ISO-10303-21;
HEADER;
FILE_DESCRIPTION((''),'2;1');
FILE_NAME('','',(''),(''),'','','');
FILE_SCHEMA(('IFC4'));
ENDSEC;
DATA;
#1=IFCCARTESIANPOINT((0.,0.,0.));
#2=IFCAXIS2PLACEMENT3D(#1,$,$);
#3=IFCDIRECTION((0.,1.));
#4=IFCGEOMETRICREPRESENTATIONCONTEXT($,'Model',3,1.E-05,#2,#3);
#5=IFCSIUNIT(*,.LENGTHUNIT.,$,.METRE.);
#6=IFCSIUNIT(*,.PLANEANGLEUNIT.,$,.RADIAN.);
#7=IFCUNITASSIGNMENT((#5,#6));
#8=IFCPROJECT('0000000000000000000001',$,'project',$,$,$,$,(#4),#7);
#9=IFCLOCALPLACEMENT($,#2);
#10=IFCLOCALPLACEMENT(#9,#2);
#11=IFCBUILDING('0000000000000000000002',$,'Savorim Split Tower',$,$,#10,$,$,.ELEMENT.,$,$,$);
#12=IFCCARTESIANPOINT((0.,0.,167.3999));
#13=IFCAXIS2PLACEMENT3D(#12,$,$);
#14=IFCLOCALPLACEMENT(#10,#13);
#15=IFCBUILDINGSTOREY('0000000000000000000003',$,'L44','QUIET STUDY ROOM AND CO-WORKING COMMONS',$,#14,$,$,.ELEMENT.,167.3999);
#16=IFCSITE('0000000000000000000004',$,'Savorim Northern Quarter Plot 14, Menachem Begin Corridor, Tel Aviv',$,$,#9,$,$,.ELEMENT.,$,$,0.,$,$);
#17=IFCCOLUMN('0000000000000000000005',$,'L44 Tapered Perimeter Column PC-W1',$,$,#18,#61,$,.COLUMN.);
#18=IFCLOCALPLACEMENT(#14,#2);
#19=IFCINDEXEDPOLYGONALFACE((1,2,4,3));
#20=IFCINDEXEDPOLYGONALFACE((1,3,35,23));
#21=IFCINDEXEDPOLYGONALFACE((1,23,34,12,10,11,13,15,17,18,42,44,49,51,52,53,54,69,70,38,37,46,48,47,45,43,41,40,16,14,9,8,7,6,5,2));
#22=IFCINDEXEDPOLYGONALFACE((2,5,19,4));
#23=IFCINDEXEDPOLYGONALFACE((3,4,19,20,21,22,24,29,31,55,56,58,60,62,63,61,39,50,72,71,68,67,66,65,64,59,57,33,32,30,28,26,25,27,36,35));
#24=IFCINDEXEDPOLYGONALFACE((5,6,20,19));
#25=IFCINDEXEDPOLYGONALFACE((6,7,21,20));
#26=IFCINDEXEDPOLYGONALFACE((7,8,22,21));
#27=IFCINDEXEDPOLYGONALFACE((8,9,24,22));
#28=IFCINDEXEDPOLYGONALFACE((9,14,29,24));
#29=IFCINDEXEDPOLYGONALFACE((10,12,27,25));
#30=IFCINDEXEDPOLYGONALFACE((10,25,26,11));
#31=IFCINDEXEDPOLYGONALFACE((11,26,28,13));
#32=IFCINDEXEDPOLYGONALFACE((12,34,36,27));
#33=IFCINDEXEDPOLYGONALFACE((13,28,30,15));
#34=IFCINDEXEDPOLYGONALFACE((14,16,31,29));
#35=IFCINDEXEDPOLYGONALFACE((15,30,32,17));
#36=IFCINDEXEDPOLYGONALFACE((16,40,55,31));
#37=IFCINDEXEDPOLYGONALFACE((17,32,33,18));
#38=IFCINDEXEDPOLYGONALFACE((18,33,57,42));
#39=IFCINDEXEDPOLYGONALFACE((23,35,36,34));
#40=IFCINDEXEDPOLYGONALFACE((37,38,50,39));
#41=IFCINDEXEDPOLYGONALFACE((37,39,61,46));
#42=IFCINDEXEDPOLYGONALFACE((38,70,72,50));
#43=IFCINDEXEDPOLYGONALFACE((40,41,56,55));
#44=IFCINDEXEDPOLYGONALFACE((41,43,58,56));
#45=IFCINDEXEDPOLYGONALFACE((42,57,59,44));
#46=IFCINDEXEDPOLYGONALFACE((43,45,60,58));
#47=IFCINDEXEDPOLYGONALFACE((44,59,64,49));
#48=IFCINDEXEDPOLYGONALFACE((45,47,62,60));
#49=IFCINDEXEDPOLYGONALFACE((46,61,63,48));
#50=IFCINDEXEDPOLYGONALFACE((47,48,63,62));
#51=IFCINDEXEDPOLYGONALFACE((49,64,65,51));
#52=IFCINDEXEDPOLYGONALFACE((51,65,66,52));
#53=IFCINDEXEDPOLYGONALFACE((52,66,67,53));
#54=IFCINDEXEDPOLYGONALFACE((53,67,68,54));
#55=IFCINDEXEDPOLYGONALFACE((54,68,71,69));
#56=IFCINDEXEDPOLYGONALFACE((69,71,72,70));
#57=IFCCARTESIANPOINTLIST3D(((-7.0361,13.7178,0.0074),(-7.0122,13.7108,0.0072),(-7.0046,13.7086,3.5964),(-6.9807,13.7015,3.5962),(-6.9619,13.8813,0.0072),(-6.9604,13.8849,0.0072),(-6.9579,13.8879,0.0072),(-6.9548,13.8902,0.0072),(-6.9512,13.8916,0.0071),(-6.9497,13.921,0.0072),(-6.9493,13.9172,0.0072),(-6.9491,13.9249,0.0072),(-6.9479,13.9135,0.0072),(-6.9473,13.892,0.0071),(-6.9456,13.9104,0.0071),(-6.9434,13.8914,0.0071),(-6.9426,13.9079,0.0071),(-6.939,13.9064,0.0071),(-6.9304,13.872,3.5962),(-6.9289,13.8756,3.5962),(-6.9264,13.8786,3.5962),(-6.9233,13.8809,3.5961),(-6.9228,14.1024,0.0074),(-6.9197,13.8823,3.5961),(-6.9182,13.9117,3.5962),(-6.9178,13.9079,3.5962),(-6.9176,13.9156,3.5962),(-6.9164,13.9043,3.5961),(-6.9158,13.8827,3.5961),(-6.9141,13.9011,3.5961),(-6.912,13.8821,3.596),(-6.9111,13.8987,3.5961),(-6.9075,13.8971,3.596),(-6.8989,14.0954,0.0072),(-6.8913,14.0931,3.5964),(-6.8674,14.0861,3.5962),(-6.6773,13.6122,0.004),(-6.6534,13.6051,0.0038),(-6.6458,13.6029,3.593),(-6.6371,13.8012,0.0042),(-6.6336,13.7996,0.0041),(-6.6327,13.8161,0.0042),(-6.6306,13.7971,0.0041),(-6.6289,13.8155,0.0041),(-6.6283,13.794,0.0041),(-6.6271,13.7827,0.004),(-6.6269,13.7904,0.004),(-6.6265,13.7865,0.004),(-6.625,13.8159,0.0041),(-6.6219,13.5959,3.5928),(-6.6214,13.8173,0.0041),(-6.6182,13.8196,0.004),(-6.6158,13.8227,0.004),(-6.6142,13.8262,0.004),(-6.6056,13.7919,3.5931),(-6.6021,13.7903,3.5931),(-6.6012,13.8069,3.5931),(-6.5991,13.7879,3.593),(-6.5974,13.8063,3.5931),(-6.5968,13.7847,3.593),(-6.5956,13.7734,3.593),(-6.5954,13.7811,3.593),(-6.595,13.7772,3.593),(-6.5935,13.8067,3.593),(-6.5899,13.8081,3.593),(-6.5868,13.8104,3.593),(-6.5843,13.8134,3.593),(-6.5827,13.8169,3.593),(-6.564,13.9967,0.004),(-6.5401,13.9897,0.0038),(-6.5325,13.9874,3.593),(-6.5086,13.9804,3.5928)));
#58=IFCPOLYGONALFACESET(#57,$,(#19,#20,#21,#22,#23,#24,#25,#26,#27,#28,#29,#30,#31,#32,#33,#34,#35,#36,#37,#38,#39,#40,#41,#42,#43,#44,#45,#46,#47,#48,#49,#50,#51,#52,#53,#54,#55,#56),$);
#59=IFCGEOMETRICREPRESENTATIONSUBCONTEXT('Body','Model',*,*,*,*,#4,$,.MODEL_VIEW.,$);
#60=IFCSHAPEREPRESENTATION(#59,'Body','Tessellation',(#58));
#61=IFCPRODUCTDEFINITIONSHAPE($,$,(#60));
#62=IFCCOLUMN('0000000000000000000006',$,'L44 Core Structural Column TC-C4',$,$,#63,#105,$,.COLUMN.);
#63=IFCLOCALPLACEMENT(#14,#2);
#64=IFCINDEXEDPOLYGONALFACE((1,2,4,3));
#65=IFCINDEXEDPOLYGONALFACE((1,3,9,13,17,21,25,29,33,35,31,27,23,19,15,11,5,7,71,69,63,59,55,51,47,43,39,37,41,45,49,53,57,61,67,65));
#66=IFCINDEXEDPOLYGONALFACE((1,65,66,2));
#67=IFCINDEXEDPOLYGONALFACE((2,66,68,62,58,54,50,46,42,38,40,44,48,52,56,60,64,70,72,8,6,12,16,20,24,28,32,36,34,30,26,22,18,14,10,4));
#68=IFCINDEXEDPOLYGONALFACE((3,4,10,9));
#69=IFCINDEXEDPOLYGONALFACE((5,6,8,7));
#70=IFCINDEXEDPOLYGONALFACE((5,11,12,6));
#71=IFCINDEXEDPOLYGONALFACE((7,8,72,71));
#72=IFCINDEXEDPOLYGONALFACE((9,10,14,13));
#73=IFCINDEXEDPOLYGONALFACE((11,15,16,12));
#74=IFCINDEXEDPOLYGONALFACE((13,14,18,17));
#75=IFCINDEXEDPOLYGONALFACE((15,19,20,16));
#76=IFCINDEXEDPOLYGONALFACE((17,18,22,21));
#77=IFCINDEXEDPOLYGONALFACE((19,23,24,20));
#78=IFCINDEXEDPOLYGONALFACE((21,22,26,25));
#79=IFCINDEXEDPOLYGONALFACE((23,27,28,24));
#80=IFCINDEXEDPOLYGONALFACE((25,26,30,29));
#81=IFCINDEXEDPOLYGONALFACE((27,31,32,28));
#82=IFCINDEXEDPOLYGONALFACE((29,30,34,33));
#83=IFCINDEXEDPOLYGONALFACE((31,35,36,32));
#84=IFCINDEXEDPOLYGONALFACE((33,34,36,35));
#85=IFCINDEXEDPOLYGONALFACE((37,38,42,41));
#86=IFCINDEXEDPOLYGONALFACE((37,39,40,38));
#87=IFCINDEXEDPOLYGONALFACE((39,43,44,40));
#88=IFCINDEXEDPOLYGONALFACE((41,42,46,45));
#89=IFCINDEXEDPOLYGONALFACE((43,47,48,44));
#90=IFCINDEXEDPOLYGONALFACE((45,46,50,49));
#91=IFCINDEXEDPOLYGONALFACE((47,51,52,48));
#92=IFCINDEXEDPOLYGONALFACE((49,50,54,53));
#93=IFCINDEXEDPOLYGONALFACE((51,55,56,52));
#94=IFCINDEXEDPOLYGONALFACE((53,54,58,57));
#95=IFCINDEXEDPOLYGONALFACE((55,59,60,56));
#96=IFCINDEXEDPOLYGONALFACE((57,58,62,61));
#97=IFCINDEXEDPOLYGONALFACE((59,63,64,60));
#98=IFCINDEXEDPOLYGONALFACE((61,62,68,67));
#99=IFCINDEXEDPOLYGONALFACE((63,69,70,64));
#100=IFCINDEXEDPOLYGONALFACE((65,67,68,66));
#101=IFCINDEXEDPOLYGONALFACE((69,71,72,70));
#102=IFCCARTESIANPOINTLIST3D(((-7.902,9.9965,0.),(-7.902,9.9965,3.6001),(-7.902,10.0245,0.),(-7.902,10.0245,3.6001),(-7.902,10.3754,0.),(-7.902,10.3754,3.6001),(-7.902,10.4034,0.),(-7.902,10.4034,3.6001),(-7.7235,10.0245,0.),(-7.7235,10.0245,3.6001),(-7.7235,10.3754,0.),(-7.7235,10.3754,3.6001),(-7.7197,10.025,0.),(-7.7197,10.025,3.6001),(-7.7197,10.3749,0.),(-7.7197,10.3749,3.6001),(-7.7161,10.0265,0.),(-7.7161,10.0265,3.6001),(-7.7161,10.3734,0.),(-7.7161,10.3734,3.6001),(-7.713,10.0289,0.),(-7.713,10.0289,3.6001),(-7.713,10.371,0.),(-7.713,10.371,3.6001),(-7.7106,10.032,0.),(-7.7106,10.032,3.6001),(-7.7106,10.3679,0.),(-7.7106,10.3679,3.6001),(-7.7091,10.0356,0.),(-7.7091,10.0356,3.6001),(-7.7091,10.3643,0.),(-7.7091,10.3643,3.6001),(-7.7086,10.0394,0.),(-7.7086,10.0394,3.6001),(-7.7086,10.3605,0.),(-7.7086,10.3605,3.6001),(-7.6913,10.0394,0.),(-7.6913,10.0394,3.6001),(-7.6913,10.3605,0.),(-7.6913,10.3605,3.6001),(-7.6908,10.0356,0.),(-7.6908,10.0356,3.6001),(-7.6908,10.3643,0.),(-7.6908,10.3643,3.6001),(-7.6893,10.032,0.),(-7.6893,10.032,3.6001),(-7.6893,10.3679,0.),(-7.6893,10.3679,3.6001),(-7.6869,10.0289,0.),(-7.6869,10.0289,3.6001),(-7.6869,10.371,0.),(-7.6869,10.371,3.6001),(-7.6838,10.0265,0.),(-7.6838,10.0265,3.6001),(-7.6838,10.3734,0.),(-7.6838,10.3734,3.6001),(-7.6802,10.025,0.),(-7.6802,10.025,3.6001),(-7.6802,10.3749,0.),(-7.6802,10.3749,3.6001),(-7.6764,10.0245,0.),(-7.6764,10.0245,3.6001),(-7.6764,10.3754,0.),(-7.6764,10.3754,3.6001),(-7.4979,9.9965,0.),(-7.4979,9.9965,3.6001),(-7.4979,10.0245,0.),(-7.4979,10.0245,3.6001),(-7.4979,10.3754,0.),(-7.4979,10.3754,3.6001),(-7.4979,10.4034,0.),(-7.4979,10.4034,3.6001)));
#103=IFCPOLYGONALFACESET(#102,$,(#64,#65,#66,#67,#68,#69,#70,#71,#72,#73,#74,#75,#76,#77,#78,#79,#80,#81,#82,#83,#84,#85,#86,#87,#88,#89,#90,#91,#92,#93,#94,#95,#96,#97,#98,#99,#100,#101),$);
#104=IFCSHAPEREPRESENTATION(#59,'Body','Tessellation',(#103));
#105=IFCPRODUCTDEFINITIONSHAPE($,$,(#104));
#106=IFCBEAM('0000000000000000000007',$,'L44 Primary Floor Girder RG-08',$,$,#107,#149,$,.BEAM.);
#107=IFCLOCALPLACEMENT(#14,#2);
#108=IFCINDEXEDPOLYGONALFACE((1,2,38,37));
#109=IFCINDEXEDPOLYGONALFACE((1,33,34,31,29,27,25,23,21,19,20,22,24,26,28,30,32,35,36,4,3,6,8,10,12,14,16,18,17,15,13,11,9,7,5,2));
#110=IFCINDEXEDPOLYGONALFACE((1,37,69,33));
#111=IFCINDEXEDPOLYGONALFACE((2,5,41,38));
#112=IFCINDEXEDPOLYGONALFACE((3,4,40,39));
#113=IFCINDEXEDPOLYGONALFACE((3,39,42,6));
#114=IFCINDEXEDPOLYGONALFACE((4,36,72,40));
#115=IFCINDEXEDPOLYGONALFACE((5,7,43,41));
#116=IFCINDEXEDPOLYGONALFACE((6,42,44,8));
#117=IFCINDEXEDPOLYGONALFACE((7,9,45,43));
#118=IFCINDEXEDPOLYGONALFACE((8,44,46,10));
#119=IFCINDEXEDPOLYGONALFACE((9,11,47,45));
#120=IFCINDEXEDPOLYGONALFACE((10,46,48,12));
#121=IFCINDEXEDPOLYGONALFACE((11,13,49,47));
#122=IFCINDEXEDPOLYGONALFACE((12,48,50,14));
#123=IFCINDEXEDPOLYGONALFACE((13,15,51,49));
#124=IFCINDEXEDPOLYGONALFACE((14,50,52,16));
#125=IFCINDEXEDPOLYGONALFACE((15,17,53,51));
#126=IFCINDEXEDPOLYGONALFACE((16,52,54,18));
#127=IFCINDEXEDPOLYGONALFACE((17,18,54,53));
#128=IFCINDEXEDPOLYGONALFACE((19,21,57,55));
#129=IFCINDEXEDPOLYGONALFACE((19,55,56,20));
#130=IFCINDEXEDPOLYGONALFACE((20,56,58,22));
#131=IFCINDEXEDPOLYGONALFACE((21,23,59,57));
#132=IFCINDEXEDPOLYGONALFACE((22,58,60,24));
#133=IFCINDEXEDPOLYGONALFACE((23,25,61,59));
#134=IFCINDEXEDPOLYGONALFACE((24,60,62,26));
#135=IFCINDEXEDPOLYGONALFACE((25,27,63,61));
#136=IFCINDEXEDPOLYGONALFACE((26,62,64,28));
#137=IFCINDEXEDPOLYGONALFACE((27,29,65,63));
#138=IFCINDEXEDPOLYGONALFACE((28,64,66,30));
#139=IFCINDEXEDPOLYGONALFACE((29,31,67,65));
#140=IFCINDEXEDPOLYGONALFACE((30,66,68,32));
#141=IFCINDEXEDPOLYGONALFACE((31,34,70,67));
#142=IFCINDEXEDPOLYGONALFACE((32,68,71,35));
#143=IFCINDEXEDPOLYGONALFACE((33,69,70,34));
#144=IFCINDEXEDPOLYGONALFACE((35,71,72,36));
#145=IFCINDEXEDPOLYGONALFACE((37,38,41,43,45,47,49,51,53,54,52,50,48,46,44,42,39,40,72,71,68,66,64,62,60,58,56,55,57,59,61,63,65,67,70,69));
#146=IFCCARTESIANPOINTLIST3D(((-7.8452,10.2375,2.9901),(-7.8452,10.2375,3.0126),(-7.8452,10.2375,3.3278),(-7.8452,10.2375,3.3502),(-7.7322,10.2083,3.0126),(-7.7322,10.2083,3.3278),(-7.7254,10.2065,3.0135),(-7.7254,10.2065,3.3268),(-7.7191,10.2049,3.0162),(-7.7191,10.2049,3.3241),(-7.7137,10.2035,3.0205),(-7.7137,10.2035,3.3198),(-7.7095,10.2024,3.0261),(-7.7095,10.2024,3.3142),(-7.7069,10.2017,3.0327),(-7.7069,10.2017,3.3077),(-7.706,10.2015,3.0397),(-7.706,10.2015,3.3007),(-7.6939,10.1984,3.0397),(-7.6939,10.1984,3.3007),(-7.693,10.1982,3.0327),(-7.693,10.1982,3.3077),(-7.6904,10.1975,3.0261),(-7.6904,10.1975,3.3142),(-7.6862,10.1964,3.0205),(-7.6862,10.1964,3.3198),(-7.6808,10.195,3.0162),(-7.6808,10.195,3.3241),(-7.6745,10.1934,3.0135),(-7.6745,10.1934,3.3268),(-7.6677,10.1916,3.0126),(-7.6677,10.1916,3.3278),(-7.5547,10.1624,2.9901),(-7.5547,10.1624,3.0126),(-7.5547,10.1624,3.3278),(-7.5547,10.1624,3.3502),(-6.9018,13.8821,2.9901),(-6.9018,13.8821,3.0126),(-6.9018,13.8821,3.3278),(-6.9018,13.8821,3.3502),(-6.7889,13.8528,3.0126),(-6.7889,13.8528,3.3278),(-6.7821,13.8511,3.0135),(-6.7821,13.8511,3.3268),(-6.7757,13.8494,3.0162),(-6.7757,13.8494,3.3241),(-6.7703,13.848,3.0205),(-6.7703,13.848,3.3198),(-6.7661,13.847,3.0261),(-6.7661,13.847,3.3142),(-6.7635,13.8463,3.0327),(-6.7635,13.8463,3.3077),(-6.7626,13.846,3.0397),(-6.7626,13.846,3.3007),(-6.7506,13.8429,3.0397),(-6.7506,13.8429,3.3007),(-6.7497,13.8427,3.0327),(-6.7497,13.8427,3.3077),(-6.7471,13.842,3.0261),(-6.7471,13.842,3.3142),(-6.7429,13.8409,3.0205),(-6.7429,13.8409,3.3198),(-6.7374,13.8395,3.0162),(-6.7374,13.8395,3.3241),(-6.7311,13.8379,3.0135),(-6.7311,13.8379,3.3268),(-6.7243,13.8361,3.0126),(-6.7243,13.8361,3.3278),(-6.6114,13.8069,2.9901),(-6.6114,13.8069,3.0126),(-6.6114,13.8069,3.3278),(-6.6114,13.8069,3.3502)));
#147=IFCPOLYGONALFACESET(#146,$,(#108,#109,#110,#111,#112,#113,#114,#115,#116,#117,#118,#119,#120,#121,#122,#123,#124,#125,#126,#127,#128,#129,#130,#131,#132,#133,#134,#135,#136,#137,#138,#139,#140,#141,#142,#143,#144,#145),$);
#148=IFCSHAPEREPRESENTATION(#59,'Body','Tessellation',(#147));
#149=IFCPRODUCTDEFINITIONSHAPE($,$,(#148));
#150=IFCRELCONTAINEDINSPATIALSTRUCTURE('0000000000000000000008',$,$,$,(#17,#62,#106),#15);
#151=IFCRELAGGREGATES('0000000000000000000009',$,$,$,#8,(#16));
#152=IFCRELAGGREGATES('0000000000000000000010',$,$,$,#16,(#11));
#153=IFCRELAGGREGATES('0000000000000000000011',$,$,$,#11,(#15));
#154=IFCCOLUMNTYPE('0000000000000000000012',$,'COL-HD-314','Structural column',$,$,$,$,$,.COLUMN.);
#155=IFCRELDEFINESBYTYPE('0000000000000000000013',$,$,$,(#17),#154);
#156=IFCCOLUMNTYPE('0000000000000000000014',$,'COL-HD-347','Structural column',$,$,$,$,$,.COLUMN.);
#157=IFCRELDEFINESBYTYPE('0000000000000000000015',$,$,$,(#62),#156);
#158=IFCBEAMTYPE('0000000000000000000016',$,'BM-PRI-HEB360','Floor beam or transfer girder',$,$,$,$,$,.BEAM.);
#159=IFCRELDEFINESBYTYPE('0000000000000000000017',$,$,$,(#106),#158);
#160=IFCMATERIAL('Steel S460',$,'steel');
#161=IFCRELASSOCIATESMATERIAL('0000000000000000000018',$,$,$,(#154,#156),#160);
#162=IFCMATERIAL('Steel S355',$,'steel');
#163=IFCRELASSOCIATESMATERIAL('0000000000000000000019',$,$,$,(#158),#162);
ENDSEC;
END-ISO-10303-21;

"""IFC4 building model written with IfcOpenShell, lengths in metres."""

from ifc_helpers import new_model, si_unit, direction, frame, origin, origin_2d, place, context, subcontext, project, spatial, i_section, extrude, material, material_profile, profile_set, type_object, element, save


model = new_model("IFC4")

# Units and contexts
model_context = context("Model", 3, precision=1e-05, world=origin(), true_north=direction((0.0, 1.0)))
body_context = subcontext(model_context, "Body", "Model", "MODEL_VIEW")
ifc_project = project(units=[si_unit("LENGTHUNIT", "METRE"), si_unit("PLANEANGLEUNIT", "RADIAN")], contexts=[model_context])

# Site, building, storey
site_placement = place(None, origin())
site = spatial("IfcSite", under=ifc_project, at=site_placement, Name="Savorim Northern Quarter Plot 14, Menachem Begin Corridor, Tel Aviv", CompositionType="ELEMENT", RefElevation=0.0)
building_placement = place(site_placement, origin())
building = spatial("IfcBuilding", under=site, at=building_placement, Name="Savorim Split Tower", CompositionType="ELEMENT")
storey_placement = place(building_placement, frame((0.0, 0.0, 167.3999)))
storey = spatial("IfcBuildingStorey", under=building, at=storey_placement, Name="L44", Description="QUIET STUDY ROOM AND CO-WORKING COMMONS", CompositionType="ELEMENT", Elevation=167.3999)

# Columns
ifc_material_1 = material(Name="Steel S460", Category="steel")
ifc_material_profile_1 = material_profile(ifc_material_1, i_section(OverallWidth=0.4009, OverallDepth=0.3989, WebThickness=0.0156, FlangeThickness=0.0249, FilletRadius=0.0149, at=origin_2d()), Name="HD 400x314")
ifc_profile_set_1 = profile_set([ifc_material_profile_1], Name="Steel S460")
column_type_1 = type_object("IfcColumnType", Name="COL-HD-314", Description="Structural column", PredefinedType="COLUMN", material=ifc_profile_set_1)
column_1_placement = place(storey_placement, frame((-6.7881, 13.8538, 0.0056), z_axis=(0.008775, -0.002585, 0.999958), x_axis=(0.282569, 0.959247, 0.0)))
element("IfcColumn", 1, at=column_1_placement, inside=storey, type_object=column_type_1, Name="L44 Tapered Perimeter Column PC-W1", PredefinedType="COLUMN", context=body_context, shape_type="SweptSolid", body=[
    extrude(i_section(OverallWidth=0.4009, OverallDepth=0.3989, WebThickness=0.0156, FlangeThickness=0.0249, FilletRadius=0.0149, at=origin_2d()), origin(), (0.0, 0.0, 1.0), 3.5891),
])
ifc_material_profile_2 = material_profile(ifc_material_1, i_section(OverallWidth=0.4041, OverallDepth=0.407, WebThickness=0.0173, FlangeThickness=0.0281, FilletRadius=0.0149, at=origin_2d()), Name="HD 400x347")
ifc_profile_set_2 = profile_set([ifc_material_profile_2], Name="Steel S460")
column_type_2 = type_object("IfcColumnType", Name="COL-HD-347", Description="Structural column", PredefinedType="COLUMN", material=ifc_profile_set_2)
column_2_placement = place(storey_placement, frame((-7.7, 10.2, 0.0), z_axis=(0.0, 0.0, 1.0), x_axis=(1.0, 0.0, 0.0)))
element("IfcColumn", 2, at=column_2_placement, inside=storey, type_object=column_type_2, Name="L44 Core Structural Column TC-C4", PredefinedType="COLUMN", context=body_context, shape_type="SweptSolid", body=[
    extrude(i_section(OverallWidth=0.4041, OverallDepth=0.407, WebThickness=0.0173, FlangeThickness=0.0281, FilletRadius=0.0149, at=origin_2d()), origin(), (0.0, 0.0, 1.0), 3.6001),
])

# Beam
ifc_material_2 = material(Name="Steel S355", Category="steel")
ifc_material_profile_3 = material_profile(ifc_material_2, i_section(OverallWidth=0.3, OverallDepth=0.3601, WebThickness=0.0125, FlangeThickness=0.0225, FilletRadius=0.0271, at=origin_2d()), Name="HEB 360")
ifc_profile_set_3 = profile_set([ifc_material_profile_3], Name="Steel S355")
beam_type_1 = type_object("IfcBeamType", Name="BM-PRI-HEB360", Description="Floor beam or transfer girder", PredefinedType="BEAM", material=ifc_profile_set_3)
beam_1_placement = place(storey_placement, frame((-6.7566, 13.8445, 3.1702), z_axis=(-0.250584, -0.968095, 0.0), x_axis=(0.968095, -0.250584, 0.0)))
element("IfcBeam", 3, at=beam_1_placement, inside=storey, type_object=beam_type_1, Name="L44 Primary Floor Girder RG-08", PredefinedType="BEAM", context=body_context, shape_type="SweptSolid", body=[
    extrude(i_section(OverallWidth=0.3, OverallDepth=0.3601, WebThickness=0.0125, FlangeThickness=0.0225, FilletRadius=0.0271, at=origin_2d()), origin(), (0.0, 0.0, 1.0), 3.7646),
])

save(model, "model.ifc")
